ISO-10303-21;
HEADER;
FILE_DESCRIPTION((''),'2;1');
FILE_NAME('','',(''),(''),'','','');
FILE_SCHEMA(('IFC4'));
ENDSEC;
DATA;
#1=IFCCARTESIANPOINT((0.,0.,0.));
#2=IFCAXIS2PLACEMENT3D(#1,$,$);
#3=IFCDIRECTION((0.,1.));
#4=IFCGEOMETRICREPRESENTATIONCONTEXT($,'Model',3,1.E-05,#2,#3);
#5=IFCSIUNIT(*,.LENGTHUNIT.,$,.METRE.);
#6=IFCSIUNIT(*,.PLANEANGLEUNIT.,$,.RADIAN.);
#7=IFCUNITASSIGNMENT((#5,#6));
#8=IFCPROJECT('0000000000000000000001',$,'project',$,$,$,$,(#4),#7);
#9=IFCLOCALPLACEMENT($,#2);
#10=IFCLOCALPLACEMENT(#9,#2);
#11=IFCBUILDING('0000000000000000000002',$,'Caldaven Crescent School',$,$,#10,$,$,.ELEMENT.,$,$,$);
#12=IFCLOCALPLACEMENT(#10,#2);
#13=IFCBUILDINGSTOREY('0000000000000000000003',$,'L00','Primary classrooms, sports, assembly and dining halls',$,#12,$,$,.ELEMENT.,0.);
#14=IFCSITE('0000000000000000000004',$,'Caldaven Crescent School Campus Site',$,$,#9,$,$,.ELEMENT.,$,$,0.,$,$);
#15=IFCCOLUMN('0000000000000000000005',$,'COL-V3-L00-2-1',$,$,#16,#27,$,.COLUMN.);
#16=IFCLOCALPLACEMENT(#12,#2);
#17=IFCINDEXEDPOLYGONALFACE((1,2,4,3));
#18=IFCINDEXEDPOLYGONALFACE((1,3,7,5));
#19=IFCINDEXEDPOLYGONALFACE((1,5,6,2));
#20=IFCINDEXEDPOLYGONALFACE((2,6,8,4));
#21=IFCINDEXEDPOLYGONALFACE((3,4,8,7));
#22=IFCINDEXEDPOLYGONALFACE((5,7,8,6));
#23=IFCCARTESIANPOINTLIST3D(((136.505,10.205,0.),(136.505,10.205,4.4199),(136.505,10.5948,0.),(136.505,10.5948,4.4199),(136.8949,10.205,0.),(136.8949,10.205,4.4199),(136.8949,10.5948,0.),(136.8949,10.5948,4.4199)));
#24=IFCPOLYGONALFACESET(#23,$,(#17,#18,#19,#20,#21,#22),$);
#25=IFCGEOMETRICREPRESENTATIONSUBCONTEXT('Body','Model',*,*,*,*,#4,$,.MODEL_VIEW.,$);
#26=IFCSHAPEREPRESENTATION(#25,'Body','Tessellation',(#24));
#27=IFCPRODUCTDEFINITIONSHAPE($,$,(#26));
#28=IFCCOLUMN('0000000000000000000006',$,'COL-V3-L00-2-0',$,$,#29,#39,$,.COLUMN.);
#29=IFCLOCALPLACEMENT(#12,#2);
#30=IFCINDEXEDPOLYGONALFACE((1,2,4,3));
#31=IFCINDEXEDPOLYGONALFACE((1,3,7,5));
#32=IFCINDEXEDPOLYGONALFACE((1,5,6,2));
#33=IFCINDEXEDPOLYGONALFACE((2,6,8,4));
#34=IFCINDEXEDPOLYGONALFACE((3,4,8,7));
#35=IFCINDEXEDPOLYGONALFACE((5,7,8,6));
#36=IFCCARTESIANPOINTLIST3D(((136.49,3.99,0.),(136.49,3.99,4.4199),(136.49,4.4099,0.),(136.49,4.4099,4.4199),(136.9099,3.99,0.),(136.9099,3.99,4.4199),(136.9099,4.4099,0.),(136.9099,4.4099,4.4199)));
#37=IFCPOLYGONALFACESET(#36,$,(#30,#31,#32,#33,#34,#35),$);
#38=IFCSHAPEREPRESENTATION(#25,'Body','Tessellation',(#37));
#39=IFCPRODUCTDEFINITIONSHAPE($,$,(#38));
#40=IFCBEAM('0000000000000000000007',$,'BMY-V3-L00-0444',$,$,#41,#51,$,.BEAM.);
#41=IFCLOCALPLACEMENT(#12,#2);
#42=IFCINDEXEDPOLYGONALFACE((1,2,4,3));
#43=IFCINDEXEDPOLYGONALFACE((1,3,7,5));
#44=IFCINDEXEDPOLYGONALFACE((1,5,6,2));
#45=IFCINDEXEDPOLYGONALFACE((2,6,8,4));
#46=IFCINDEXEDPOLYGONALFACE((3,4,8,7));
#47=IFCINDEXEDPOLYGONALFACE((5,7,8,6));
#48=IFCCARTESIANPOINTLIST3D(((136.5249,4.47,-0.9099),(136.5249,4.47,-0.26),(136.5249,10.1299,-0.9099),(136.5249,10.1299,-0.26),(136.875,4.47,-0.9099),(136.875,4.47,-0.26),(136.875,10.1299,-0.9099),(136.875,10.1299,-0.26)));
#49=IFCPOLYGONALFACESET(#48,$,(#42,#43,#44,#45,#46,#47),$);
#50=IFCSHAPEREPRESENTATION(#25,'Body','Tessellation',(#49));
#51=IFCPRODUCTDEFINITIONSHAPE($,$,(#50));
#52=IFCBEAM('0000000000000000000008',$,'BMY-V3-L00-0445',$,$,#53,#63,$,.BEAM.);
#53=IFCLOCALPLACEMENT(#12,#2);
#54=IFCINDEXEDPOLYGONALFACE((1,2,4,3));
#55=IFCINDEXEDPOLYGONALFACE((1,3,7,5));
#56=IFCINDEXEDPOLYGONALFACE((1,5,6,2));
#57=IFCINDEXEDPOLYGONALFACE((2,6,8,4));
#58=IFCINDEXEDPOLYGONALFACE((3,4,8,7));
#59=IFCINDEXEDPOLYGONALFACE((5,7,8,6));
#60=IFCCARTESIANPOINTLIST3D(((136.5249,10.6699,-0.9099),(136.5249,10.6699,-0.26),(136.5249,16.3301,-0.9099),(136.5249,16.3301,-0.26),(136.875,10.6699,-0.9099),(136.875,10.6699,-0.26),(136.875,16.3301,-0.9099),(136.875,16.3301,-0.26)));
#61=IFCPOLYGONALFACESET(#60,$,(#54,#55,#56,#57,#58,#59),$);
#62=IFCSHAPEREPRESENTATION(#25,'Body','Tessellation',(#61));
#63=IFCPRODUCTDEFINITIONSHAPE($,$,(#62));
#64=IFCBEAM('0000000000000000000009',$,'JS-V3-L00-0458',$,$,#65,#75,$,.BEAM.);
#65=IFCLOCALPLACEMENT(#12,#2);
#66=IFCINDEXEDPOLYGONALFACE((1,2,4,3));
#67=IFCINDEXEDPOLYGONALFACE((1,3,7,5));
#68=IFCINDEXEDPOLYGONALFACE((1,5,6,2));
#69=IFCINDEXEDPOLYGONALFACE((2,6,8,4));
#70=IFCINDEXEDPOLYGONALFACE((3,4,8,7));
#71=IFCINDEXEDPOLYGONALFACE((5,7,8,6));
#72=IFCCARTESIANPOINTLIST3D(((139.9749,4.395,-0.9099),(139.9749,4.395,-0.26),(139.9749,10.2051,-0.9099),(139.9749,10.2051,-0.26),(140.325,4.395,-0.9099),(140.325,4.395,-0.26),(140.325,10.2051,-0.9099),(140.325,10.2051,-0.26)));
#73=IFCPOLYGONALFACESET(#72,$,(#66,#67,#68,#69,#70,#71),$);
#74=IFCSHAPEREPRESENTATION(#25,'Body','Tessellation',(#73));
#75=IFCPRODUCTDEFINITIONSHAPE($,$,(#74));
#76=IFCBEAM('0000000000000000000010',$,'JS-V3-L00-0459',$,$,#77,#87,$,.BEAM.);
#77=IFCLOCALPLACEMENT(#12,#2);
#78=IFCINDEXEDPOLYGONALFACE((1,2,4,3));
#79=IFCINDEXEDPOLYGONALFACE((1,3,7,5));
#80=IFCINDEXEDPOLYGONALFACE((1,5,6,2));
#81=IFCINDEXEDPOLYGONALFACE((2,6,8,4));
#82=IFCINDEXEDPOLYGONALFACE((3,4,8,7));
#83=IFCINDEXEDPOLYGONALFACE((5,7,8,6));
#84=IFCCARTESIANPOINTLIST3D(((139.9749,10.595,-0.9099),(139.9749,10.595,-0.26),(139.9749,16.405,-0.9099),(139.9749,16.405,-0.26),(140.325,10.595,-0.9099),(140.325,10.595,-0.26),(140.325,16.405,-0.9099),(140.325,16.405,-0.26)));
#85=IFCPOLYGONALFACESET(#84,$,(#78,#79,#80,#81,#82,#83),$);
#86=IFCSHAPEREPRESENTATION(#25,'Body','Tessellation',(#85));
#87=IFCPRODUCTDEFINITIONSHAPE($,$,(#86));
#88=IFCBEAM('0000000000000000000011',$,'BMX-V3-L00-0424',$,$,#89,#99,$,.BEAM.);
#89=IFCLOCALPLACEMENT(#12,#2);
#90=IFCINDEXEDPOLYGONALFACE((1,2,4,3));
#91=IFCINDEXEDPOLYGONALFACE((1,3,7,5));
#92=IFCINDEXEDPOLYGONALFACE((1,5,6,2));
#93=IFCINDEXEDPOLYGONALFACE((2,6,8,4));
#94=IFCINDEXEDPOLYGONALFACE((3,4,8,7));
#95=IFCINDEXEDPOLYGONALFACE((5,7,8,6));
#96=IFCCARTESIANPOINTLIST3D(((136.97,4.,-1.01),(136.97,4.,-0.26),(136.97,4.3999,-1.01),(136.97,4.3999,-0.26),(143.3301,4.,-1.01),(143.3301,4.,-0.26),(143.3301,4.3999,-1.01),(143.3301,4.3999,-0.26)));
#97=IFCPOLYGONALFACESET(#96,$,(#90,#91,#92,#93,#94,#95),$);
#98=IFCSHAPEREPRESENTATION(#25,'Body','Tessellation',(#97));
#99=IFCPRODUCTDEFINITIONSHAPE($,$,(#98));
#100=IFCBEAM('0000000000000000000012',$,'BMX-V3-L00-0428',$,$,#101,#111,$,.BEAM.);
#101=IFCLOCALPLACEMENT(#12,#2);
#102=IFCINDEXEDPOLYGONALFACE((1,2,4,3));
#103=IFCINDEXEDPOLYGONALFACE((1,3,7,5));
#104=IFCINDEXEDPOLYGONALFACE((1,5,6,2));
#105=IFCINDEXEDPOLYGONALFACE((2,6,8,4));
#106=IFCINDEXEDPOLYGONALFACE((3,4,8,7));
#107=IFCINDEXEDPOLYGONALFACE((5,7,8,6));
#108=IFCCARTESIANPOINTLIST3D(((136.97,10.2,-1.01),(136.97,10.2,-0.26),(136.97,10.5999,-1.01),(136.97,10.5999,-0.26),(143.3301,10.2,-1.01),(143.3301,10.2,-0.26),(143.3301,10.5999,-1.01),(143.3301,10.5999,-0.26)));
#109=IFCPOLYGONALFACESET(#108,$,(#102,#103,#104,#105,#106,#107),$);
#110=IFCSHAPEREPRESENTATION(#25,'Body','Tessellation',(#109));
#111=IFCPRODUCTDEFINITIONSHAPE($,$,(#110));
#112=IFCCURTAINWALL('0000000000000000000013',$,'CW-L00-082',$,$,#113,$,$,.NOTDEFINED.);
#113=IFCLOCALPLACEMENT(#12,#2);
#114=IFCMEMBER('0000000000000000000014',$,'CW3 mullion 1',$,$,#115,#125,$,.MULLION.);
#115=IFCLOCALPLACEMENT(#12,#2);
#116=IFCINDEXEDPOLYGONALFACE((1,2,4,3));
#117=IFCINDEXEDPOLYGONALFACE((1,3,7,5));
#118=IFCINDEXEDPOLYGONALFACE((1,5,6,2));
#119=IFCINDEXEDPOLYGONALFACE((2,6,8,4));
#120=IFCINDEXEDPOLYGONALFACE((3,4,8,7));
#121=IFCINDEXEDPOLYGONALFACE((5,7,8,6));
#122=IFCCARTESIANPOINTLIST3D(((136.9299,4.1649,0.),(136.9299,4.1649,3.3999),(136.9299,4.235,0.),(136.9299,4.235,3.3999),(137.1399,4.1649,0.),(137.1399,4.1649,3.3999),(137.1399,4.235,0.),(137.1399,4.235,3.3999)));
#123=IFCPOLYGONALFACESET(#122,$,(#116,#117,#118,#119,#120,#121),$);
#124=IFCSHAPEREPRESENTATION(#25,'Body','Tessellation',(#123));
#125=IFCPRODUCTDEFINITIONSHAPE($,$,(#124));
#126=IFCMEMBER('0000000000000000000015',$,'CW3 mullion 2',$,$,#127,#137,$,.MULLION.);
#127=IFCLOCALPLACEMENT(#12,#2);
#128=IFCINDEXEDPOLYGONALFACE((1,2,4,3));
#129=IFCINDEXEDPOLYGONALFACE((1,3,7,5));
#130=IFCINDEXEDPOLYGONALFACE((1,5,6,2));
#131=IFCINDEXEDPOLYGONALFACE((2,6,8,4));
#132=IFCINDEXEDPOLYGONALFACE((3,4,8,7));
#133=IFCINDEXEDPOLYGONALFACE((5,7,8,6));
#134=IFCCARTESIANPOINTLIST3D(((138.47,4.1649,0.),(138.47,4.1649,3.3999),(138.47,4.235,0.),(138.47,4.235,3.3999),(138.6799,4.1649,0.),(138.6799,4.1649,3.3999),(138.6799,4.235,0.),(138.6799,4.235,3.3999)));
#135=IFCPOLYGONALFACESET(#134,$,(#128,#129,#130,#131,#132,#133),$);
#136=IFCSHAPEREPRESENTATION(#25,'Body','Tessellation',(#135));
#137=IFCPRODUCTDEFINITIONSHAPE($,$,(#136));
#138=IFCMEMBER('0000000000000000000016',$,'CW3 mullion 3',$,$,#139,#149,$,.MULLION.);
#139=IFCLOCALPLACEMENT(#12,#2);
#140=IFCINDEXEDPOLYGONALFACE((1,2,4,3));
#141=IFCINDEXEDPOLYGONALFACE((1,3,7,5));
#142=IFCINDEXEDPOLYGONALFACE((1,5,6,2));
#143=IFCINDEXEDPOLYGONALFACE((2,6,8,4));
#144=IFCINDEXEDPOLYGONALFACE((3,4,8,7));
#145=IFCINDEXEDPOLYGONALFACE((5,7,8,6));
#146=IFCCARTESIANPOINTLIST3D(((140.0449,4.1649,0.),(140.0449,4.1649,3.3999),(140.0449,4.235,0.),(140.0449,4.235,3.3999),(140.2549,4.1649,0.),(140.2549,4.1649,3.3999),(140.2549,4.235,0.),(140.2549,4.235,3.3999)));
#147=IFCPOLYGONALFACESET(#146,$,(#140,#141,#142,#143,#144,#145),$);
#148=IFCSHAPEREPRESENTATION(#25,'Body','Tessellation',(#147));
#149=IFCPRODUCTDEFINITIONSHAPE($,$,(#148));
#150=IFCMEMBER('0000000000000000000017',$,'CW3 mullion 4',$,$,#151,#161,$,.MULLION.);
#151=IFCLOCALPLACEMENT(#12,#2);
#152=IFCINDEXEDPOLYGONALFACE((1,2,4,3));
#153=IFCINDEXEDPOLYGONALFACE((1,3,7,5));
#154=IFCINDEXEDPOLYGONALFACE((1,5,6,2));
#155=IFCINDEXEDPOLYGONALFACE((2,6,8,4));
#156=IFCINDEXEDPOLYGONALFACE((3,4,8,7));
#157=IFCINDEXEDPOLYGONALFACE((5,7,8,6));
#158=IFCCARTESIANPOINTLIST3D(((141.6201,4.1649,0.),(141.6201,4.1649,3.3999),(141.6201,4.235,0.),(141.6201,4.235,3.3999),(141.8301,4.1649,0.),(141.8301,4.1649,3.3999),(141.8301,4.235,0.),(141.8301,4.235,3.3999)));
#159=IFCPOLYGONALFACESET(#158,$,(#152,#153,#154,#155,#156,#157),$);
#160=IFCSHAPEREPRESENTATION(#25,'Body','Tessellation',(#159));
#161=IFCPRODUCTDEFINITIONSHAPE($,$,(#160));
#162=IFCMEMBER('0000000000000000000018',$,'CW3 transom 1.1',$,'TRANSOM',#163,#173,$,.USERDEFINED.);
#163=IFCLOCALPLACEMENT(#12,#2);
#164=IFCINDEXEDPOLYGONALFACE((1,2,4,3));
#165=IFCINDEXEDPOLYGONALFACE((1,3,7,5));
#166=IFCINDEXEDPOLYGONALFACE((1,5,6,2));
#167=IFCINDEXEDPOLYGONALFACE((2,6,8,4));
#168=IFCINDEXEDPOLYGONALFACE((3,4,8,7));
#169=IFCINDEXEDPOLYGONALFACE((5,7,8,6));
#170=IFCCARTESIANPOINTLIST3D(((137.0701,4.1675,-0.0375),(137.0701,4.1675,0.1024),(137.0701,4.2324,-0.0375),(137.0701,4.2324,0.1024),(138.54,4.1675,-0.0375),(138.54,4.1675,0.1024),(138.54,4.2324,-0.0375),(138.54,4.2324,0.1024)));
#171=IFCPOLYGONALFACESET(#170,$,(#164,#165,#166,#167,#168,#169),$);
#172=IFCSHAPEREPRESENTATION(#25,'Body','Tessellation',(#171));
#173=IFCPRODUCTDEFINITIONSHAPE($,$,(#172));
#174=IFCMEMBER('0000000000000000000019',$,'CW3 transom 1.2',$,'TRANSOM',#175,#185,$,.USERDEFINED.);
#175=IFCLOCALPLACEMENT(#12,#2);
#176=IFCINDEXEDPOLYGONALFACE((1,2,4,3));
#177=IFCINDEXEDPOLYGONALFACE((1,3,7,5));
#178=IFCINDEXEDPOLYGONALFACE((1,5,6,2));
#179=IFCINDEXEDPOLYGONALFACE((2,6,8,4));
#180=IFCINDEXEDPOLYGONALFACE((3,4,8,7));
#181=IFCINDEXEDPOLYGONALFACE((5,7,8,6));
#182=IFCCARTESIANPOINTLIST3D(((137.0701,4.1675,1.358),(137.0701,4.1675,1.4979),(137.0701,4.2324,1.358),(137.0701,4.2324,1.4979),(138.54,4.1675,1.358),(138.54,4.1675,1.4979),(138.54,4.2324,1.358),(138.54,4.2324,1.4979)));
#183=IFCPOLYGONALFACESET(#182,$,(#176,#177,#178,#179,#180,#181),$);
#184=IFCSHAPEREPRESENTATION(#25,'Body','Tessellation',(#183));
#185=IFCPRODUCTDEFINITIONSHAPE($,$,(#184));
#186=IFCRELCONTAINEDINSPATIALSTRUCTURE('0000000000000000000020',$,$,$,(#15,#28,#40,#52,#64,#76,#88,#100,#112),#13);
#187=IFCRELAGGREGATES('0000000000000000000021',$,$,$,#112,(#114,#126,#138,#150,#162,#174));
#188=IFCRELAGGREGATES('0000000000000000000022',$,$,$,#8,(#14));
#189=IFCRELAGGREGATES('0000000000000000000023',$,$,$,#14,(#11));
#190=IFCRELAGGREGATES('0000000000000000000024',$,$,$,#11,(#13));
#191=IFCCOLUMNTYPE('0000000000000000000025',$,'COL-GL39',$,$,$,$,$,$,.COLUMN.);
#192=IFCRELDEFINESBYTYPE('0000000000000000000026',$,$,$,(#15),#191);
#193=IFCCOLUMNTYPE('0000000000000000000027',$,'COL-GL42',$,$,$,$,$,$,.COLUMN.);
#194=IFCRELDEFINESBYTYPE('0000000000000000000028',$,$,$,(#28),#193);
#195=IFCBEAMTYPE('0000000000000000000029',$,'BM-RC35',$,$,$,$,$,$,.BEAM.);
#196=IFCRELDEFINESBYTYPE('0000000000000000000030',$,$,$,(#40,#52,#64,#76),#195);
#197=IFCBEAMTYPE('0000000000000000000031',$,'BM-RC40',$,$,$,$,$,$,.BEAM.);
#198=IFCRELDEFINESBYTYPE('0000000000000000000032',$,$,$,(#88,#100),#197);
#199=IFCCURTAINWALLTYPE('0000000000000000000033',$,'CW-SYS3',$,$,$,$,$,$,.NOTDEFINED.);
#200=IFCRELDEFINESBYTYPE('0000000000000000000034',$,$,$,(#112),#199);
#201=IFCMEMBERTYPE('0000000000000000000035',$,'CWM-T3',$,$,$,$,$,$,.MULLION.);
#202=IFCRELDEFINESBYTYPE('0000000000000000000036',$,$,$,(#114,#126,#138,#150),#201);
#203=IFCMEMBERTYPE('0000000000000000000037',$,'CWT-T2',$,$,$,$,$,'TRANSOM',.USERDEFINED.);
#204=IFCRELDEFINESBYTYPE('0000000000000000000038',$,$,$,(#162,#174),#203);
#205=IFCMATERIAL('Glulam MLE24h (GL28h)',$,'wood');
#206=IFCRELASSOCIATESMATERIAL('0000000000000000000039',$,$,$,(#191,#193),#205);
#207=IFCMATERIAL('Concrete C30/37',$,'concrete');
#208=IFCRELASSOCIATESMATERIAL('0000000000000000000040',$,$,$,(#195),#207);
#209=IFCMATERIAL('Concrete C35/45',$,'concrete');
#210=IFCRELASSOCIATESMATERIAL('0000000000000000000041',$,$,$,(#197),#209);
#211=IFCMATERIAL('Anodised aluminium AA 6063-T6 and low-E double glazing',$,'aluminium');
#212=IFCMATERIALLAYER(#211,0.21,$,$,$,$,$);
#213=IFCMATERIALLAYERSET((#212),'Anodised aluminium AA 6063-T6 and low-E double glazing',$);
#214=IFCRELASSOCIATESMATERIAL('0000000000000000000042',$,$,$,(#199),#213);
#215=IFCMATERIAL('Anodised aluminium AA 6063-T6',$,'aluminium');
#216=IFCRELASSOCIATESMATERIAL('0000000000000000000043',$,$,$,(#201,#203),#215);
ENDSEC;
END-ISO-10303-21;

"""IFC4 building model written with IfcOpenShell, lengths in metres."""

from ifc_helpers import new_model, si_unit, direction, frame, origin, origin_2d, place, context, subcontext, project, spatial, rectangle, extrude, material, layer, layer_set, material_profile, profile_set, type_object, element, aggregate, save


model = new_model("IFC4")

# Units and contexts
model_context = context("Model", 3, precision=1e-05, world=origin(), true_north=direction((0.0, 1.0)))
body_context = subcontext(model_context, "Body", "Model", "MODEL_VIEW")
ifc_project = project(units=[si_unit("LENGTHUNIT", "METRE"), si_unit("PLANEANGLEUNIT", "RADIAN")], contexts=[model_context])

# Site, building, storey
site_placement = place(None, origin())
site = spatial("IfcSite", under=ifc_project, at=site_placement, Name="Caldaven Crescent School Campus Site", CompositionType="ELEMENT", RefElevation=0.0)
building_placement = place(site_placement, origin())
building = spatial("IfcBuilding", under=site, at=building_placement, Name="Caldaven Crescent School", CompositionType="ELEMENT")
storey_placement = place(building_placement, origin())
storey = spatial("IfcBuildingStorey", under=building, at=storey_placement, Name="L00", Description="Primary classrooms, sports, assembly and dining halls", CompositionType="ELEMENT", Elevation=0.0)

# Columns
ifc_material_1 = material(Name="Glulam MLE24h (GL28h)", Category="wood")
ifc_material_profile_1 = material_profile(ifc_material_1, rectangle(XDim=0.3899, YDim=0.3899, at=origin_2d()), Name="MLE 390x390")
ifc_profile_set_1 = profile_set([ifc_material_profile_1], Name="Glulam MLE24h (GL28h)")
column_type_1 = type_object("IfcColumnType", Name="COL-GL39", PredefinedType="COLUMN", material=ifc_profile_set_1)
column_1_placement = place(storey_placement, frame((136.7, 10.3999, 0.0), z_axis=(0.0, 0.0, 1.0), x_axis=(1.0, 0.0, 0.0)))
element("IfcColumn", 1, at=column_1_placement, inside=storey, type_object=column_type_1, Name="COL-V3-L00-2-1", PredefinedType="COLUMN", context=body_context, shape_type="SweptSolid", body=[
    extrude(rectangle(XDim=0.3899, YDim=0.3899, at=origin_2d()), origin(), (0.0, 0.0, 1.0), 4.4199),
])
ifc_material_profile_2 = material_profile(ifc_material_1, rectangle(XDim=0.4199, YDim=0.4199, at=origin_2d()), Name="MLE 420x420")
ifc_profile_set_2 = profile_set([ifc_material_profile_2], Name="Glulam MLE24h (GL28h)")
column_type_2 = type_object("IfcColumnType", Name="COL-GL42", PredefinedType="COLUMN", material=ifc_profile_set_2)
column_2_placement = place(storey_placement, frame((136.7, 4.2, 0.0), z_axis=(0.0, 0.0, 1.0), x_axis=(1.0, 0.0, 0.0)))
element("IfcColumn", 2, at=column_2_placement, inside=storey, type_object=column_type_2, Name="COL-V3-L00-2-0", PredefinedType="COLUMN", context=body_context, shape_type="SweptSolid", body=[
    extrude(rectangle(XDim=0.4199, YDim=0.4199, at=origin_2d()), origin(), (0.0, 0.0, 1.0), 4.4199),
])

# Beams
ifc_material_2 = material(Name="Concrete C30/37", Category="concrete")
ifc_material_profile_3 = material_profile(ifc_material_2, rectangle(XDim=0.3501, YDim=0.6499, at=origin_2d()), Name="RC 350x650")
ifc_profile_set_3 = profile_set([ifc_material_profile_3], Name="Concrete C30/37")
beam_type_1 = type_object("IfcBeamType", Name="BM-RC35", PredefinedType="BEAM", material=ifc_profile_set_3)
beam_1_placement = place(storey_placement, frame((136.7, 4.47, -0.585), z_axis=(0.0, 1.0, 0.0), x_axis=(-1.0, 0.0, 0.0)))
element("IfcBeam", 3, at=beam_1_placement, inside=storey, type_object=beam_type_1, Name="BMY-V3-L00-0444", PredefinedType="BEAM", context=body_context, shape_type="SweptSolid", body=[
    extrude(rectangle(XDim=0.3501, YDim=0.6499, at=origin_2d()), origin(), (0.0, 0.0, 1.0), 5.6599),
])
beam_2_placement = place(storey_placement, frame((136.7, 10.6699, -0.585), z_axis=(0.0, 1.0, 0.0), x_axis=(-1.0, 0.0, 0.0)))
element("IfcBeam", 4, at=beam_2_placement, inside=storey, type_object=beam_type_1, Name="BMY-V3-L00-0445", PredefinedType="BEAM", context=body_context, shape_type="SweptSolid", body=[
    extrude(rectangle(XDim=0.3501, YDim=0.6499, at=origin_2d()), origin(), (0.0, 0.0, 1.0), 5.6602),
])
for number, where, z_axis, x_axis, name in (
    (5, (140.1499, 4.395, -0.585), (0.0, 1.0, 0.0), (-1.0, 0.0, 0.0), "JS-V3-L00-0458"),
    (6, (140.1499, 10.595, -0.585), (0.0, 1.0, 0.0), (-1.0, 0.0, 0.0), "JS-V3-L00-0459"),
):
    element("IfcBeam", number, at=place(storey_placement, frame(where, z_axis=z_axis, x_axis=x_axis)), inside=storey, type_object=beam_type_1, Name=name, PredefinedType="BEAM", context=body_context, shape_type="SweptSolid", body=[
        extrude(rectangle(XDim=0.3501, YDim=0.6499, at=origin_2d()), origin(), (0.0, 0.0, 1.0), 5.8101),
    ])
ifc_material_3 = material(Name="Concrete C35/45", Category="concrete")
ifc_material_profile_4 = material_profile(ifc_material_3, rectangle(XDim=0.3999, YDim=0.75, at=origin_2d()), Name="RC 400x750")
ifc_profile_set_4 = profile_set([ifc_material_profile_4], Name="Concrete C35/45")
beam_type_2 = type_object("IfcBeamType", Name="BM-RC40", PredefinedType="BEAM", material=ifc_profile_set_4)
for number, where, z_axis, x_axis, name in (
    (7, (136.97, 4.2, -0.635), (1.0, 0.0, 0.0), (0.0, 1.0, 0.0), "BMX-V3-L00-0424"),
    (8, (136.97, 10.3999, -0.635), (1.0, 0.0, 0.0), (0.0, 1.0, 0.0), "BMX-V3-L00-0428"),
):
    element("IfcBeam", number, at=place(storey_placement, frame(where, z_axis=z_axis, x_axis=x_axis)), inside=storey, type_object=beam_type_2, Name=name, PredefinedType="BEAM", context=body_context, shape_type="SweptSolid", body=[
        extrude(rectangle(XDim=0.3999, YDim=0.75, at=origin_2d()), origin(), (0.0, 0.0, 1.0), 6.3601),
    ])

# Curtain wall, members
ifc_material_4 = material(Name="Anodised aluminium AA 6063-T6 and low-E double glazing", Category="aluminium")
ifc_layer_1 = layer(ifc_material_4, 0.21)
ifc_layer_set_1 = layer_set([ifc_layer_1], Name="Anodised aluminium AA 6063-T6 and low-E double glazing")
curtain_wall_type = type_object("IfcCurtainWallType", Name="CW-SYS3", PredefinedType="NOTDEFINED", material=ifc_layer_set_1)
curtain_wall_placement = place(storey_placement, origin())
curtain_wall = element("IfcCurtainWall", 9, at=curtain_wall_placement, inside=storey, type_object=curtain_wall_type, Name="CW-L00-082", PredefinedType="NOTDEFINED")
ifc_material_5 = material(Name="Anodised aluminium AA 6063-T6", Category="aluminium")
ifc_material_profile_5 = material_profile(ifc_material_5, rectangle(XDim=0.0701, YDim=0.21, at=origin_2d()), Name="CWM 70x210")
ifc_profile_set_5 = profile_set([ifc_material_profile_5], Name="Anodised aluminium AA 6063-T6")
member_type_1 = type_object("IfcMemberType", Name="CWM-T3", PredefinedType="MULLION", material=ifc_profile_set_5)
member_1_placement = place(storey_placement, frame((137.0349, 4.2, 0.0), z_axis=(0.0, 0.0, 1.0), x_axis=(0.0, 1.0, 0.0)))
member_1 = element("IfcMember", 10, at=member_1_placement, type_object=member_type_1, Name="CW3 mullion 1", PredefinedType="MULLION", context=body_context, shape_type="SweptSolid", body=[
    extrude(rectangle(XDim=0.0701, YDim=0.21, at=origin_2d()), origin(), (0.0, 0.0, 1.0), 3.3999),
])
member_2_placement = place(storey_placement, frame((138.575, 4.2, 0.0), z_axis=(0.0, 0.0, 1.0), x_axis=(0.0, 1.0, 0.0)))
member_2 = element("IfcMember", 11, at=member_2_placement, type_object=member_type_1, Name="CW3 mullion 2", PredefinedType="MULLION", context=body_context, shape_type="SweptSolid", body=[
    extrude(rectangle(XDim=0.0701, YDim=0.21, at=origin_2d()), origin(), (0.0, 0.0, 1.0), 3.3999),
])
member_3_placement = place(storey_placement, frame((140.1499, 4.2, 0.0), z_axis=(0.0, 0.0, 1.0), x_axis=(0.0, 1.0, 0.0)))
member_3 = element("IfcMember", 12, at=member_3_placement, type_object=member_type_1, Name="CW3 mullion 3", PredefinedType="MULLION", context=body_context, shape_type="SweptSolid", body=[
    extrude(rectangle(XDim=0.0701, YDim=0.21, at=origin_2d()), origin(), (0.0, 0.0, 1.0), 3.3999),
])
member_4_placement = place(storey_placement, frame((141.7251, 4.2, 0.0), z_axis=(0.0, 0.0, 1.0), x_axis=(0.0, 1.0, 0.0)))
member_4 = element("IfcMember", 13, at=member_4_placement, type_object=member_type_1, Name="CW3 mullion 4", PredefinedType="MULLION", context=body_context, shape_type="SweptSolid", body=[
    extrude(rectangle(XDim=0.0701, YDim=0.21, at=origin_2d()), origin(), (0.0, 0.0, 1.0), 3.3999),
])
ifc_material_profile_6 = material_profile(ifc_material_5, rectangle(XDim=0.0649, YDim=0.1399, at=origin_2d()), Name="CWT 65x140")
ifc_profile_set_6 = profile_set([ifc_material_profile_6], Name="Anodised aluminium AA 6063-T6")
member_type_2 = type_object("IfcMemberType", Name="CWT-T2", ElementType="TRANSOM", PredefinedType="USERDEFINED", material=ifc_profile_set_6)
member_5_placement = place(storey_placement, frame((137.0701, 4.2, 0.0325), z_axis=(1.0, 0.0, 0.0), x_axis=(0.0, 1.0, 0.0)))
member_5 = element("IfcMember", 14, at=member_5_placement, type_object=member_type_2, Name="CW3 transom 1.1", ObjectType="TRANSOM", PredefinedType="USERDEFINED", context=body_context, shape_type="SweptSolid", body=[
    extrude(rectangle(XDim=0.0649, YDim=0.1399, at=origin_2d()), origin(), (0.0, 0.0, 1.0), 1.47),
])
member_6_placement = place(storey_placement, frame((137.0701, 4.2, 1.428), z_axis=(1.0, 0.0, 0.0), x_axis=(0.0, 1.0, 0.0)))
member_6 = element("IfcMember", 15, at=member_6_placement, type_object=member_type_2, Name="CW3 transom 1.2", ObjectType="TRANSOM", PredefinedType="USERDEFINED", context=body_context, shape_type="SweptSolid", body=[
    extrude(rectangle(XDim=0.0649, YDim=0.1399, at=origin_2d()), origin(), (0.0, 0.0, 1.0), 1.47),
])

aggregate(curtain_wall, [member_1, member_2, member_3, member_4, member_5, member_6])

save(model, "model.ifc")
